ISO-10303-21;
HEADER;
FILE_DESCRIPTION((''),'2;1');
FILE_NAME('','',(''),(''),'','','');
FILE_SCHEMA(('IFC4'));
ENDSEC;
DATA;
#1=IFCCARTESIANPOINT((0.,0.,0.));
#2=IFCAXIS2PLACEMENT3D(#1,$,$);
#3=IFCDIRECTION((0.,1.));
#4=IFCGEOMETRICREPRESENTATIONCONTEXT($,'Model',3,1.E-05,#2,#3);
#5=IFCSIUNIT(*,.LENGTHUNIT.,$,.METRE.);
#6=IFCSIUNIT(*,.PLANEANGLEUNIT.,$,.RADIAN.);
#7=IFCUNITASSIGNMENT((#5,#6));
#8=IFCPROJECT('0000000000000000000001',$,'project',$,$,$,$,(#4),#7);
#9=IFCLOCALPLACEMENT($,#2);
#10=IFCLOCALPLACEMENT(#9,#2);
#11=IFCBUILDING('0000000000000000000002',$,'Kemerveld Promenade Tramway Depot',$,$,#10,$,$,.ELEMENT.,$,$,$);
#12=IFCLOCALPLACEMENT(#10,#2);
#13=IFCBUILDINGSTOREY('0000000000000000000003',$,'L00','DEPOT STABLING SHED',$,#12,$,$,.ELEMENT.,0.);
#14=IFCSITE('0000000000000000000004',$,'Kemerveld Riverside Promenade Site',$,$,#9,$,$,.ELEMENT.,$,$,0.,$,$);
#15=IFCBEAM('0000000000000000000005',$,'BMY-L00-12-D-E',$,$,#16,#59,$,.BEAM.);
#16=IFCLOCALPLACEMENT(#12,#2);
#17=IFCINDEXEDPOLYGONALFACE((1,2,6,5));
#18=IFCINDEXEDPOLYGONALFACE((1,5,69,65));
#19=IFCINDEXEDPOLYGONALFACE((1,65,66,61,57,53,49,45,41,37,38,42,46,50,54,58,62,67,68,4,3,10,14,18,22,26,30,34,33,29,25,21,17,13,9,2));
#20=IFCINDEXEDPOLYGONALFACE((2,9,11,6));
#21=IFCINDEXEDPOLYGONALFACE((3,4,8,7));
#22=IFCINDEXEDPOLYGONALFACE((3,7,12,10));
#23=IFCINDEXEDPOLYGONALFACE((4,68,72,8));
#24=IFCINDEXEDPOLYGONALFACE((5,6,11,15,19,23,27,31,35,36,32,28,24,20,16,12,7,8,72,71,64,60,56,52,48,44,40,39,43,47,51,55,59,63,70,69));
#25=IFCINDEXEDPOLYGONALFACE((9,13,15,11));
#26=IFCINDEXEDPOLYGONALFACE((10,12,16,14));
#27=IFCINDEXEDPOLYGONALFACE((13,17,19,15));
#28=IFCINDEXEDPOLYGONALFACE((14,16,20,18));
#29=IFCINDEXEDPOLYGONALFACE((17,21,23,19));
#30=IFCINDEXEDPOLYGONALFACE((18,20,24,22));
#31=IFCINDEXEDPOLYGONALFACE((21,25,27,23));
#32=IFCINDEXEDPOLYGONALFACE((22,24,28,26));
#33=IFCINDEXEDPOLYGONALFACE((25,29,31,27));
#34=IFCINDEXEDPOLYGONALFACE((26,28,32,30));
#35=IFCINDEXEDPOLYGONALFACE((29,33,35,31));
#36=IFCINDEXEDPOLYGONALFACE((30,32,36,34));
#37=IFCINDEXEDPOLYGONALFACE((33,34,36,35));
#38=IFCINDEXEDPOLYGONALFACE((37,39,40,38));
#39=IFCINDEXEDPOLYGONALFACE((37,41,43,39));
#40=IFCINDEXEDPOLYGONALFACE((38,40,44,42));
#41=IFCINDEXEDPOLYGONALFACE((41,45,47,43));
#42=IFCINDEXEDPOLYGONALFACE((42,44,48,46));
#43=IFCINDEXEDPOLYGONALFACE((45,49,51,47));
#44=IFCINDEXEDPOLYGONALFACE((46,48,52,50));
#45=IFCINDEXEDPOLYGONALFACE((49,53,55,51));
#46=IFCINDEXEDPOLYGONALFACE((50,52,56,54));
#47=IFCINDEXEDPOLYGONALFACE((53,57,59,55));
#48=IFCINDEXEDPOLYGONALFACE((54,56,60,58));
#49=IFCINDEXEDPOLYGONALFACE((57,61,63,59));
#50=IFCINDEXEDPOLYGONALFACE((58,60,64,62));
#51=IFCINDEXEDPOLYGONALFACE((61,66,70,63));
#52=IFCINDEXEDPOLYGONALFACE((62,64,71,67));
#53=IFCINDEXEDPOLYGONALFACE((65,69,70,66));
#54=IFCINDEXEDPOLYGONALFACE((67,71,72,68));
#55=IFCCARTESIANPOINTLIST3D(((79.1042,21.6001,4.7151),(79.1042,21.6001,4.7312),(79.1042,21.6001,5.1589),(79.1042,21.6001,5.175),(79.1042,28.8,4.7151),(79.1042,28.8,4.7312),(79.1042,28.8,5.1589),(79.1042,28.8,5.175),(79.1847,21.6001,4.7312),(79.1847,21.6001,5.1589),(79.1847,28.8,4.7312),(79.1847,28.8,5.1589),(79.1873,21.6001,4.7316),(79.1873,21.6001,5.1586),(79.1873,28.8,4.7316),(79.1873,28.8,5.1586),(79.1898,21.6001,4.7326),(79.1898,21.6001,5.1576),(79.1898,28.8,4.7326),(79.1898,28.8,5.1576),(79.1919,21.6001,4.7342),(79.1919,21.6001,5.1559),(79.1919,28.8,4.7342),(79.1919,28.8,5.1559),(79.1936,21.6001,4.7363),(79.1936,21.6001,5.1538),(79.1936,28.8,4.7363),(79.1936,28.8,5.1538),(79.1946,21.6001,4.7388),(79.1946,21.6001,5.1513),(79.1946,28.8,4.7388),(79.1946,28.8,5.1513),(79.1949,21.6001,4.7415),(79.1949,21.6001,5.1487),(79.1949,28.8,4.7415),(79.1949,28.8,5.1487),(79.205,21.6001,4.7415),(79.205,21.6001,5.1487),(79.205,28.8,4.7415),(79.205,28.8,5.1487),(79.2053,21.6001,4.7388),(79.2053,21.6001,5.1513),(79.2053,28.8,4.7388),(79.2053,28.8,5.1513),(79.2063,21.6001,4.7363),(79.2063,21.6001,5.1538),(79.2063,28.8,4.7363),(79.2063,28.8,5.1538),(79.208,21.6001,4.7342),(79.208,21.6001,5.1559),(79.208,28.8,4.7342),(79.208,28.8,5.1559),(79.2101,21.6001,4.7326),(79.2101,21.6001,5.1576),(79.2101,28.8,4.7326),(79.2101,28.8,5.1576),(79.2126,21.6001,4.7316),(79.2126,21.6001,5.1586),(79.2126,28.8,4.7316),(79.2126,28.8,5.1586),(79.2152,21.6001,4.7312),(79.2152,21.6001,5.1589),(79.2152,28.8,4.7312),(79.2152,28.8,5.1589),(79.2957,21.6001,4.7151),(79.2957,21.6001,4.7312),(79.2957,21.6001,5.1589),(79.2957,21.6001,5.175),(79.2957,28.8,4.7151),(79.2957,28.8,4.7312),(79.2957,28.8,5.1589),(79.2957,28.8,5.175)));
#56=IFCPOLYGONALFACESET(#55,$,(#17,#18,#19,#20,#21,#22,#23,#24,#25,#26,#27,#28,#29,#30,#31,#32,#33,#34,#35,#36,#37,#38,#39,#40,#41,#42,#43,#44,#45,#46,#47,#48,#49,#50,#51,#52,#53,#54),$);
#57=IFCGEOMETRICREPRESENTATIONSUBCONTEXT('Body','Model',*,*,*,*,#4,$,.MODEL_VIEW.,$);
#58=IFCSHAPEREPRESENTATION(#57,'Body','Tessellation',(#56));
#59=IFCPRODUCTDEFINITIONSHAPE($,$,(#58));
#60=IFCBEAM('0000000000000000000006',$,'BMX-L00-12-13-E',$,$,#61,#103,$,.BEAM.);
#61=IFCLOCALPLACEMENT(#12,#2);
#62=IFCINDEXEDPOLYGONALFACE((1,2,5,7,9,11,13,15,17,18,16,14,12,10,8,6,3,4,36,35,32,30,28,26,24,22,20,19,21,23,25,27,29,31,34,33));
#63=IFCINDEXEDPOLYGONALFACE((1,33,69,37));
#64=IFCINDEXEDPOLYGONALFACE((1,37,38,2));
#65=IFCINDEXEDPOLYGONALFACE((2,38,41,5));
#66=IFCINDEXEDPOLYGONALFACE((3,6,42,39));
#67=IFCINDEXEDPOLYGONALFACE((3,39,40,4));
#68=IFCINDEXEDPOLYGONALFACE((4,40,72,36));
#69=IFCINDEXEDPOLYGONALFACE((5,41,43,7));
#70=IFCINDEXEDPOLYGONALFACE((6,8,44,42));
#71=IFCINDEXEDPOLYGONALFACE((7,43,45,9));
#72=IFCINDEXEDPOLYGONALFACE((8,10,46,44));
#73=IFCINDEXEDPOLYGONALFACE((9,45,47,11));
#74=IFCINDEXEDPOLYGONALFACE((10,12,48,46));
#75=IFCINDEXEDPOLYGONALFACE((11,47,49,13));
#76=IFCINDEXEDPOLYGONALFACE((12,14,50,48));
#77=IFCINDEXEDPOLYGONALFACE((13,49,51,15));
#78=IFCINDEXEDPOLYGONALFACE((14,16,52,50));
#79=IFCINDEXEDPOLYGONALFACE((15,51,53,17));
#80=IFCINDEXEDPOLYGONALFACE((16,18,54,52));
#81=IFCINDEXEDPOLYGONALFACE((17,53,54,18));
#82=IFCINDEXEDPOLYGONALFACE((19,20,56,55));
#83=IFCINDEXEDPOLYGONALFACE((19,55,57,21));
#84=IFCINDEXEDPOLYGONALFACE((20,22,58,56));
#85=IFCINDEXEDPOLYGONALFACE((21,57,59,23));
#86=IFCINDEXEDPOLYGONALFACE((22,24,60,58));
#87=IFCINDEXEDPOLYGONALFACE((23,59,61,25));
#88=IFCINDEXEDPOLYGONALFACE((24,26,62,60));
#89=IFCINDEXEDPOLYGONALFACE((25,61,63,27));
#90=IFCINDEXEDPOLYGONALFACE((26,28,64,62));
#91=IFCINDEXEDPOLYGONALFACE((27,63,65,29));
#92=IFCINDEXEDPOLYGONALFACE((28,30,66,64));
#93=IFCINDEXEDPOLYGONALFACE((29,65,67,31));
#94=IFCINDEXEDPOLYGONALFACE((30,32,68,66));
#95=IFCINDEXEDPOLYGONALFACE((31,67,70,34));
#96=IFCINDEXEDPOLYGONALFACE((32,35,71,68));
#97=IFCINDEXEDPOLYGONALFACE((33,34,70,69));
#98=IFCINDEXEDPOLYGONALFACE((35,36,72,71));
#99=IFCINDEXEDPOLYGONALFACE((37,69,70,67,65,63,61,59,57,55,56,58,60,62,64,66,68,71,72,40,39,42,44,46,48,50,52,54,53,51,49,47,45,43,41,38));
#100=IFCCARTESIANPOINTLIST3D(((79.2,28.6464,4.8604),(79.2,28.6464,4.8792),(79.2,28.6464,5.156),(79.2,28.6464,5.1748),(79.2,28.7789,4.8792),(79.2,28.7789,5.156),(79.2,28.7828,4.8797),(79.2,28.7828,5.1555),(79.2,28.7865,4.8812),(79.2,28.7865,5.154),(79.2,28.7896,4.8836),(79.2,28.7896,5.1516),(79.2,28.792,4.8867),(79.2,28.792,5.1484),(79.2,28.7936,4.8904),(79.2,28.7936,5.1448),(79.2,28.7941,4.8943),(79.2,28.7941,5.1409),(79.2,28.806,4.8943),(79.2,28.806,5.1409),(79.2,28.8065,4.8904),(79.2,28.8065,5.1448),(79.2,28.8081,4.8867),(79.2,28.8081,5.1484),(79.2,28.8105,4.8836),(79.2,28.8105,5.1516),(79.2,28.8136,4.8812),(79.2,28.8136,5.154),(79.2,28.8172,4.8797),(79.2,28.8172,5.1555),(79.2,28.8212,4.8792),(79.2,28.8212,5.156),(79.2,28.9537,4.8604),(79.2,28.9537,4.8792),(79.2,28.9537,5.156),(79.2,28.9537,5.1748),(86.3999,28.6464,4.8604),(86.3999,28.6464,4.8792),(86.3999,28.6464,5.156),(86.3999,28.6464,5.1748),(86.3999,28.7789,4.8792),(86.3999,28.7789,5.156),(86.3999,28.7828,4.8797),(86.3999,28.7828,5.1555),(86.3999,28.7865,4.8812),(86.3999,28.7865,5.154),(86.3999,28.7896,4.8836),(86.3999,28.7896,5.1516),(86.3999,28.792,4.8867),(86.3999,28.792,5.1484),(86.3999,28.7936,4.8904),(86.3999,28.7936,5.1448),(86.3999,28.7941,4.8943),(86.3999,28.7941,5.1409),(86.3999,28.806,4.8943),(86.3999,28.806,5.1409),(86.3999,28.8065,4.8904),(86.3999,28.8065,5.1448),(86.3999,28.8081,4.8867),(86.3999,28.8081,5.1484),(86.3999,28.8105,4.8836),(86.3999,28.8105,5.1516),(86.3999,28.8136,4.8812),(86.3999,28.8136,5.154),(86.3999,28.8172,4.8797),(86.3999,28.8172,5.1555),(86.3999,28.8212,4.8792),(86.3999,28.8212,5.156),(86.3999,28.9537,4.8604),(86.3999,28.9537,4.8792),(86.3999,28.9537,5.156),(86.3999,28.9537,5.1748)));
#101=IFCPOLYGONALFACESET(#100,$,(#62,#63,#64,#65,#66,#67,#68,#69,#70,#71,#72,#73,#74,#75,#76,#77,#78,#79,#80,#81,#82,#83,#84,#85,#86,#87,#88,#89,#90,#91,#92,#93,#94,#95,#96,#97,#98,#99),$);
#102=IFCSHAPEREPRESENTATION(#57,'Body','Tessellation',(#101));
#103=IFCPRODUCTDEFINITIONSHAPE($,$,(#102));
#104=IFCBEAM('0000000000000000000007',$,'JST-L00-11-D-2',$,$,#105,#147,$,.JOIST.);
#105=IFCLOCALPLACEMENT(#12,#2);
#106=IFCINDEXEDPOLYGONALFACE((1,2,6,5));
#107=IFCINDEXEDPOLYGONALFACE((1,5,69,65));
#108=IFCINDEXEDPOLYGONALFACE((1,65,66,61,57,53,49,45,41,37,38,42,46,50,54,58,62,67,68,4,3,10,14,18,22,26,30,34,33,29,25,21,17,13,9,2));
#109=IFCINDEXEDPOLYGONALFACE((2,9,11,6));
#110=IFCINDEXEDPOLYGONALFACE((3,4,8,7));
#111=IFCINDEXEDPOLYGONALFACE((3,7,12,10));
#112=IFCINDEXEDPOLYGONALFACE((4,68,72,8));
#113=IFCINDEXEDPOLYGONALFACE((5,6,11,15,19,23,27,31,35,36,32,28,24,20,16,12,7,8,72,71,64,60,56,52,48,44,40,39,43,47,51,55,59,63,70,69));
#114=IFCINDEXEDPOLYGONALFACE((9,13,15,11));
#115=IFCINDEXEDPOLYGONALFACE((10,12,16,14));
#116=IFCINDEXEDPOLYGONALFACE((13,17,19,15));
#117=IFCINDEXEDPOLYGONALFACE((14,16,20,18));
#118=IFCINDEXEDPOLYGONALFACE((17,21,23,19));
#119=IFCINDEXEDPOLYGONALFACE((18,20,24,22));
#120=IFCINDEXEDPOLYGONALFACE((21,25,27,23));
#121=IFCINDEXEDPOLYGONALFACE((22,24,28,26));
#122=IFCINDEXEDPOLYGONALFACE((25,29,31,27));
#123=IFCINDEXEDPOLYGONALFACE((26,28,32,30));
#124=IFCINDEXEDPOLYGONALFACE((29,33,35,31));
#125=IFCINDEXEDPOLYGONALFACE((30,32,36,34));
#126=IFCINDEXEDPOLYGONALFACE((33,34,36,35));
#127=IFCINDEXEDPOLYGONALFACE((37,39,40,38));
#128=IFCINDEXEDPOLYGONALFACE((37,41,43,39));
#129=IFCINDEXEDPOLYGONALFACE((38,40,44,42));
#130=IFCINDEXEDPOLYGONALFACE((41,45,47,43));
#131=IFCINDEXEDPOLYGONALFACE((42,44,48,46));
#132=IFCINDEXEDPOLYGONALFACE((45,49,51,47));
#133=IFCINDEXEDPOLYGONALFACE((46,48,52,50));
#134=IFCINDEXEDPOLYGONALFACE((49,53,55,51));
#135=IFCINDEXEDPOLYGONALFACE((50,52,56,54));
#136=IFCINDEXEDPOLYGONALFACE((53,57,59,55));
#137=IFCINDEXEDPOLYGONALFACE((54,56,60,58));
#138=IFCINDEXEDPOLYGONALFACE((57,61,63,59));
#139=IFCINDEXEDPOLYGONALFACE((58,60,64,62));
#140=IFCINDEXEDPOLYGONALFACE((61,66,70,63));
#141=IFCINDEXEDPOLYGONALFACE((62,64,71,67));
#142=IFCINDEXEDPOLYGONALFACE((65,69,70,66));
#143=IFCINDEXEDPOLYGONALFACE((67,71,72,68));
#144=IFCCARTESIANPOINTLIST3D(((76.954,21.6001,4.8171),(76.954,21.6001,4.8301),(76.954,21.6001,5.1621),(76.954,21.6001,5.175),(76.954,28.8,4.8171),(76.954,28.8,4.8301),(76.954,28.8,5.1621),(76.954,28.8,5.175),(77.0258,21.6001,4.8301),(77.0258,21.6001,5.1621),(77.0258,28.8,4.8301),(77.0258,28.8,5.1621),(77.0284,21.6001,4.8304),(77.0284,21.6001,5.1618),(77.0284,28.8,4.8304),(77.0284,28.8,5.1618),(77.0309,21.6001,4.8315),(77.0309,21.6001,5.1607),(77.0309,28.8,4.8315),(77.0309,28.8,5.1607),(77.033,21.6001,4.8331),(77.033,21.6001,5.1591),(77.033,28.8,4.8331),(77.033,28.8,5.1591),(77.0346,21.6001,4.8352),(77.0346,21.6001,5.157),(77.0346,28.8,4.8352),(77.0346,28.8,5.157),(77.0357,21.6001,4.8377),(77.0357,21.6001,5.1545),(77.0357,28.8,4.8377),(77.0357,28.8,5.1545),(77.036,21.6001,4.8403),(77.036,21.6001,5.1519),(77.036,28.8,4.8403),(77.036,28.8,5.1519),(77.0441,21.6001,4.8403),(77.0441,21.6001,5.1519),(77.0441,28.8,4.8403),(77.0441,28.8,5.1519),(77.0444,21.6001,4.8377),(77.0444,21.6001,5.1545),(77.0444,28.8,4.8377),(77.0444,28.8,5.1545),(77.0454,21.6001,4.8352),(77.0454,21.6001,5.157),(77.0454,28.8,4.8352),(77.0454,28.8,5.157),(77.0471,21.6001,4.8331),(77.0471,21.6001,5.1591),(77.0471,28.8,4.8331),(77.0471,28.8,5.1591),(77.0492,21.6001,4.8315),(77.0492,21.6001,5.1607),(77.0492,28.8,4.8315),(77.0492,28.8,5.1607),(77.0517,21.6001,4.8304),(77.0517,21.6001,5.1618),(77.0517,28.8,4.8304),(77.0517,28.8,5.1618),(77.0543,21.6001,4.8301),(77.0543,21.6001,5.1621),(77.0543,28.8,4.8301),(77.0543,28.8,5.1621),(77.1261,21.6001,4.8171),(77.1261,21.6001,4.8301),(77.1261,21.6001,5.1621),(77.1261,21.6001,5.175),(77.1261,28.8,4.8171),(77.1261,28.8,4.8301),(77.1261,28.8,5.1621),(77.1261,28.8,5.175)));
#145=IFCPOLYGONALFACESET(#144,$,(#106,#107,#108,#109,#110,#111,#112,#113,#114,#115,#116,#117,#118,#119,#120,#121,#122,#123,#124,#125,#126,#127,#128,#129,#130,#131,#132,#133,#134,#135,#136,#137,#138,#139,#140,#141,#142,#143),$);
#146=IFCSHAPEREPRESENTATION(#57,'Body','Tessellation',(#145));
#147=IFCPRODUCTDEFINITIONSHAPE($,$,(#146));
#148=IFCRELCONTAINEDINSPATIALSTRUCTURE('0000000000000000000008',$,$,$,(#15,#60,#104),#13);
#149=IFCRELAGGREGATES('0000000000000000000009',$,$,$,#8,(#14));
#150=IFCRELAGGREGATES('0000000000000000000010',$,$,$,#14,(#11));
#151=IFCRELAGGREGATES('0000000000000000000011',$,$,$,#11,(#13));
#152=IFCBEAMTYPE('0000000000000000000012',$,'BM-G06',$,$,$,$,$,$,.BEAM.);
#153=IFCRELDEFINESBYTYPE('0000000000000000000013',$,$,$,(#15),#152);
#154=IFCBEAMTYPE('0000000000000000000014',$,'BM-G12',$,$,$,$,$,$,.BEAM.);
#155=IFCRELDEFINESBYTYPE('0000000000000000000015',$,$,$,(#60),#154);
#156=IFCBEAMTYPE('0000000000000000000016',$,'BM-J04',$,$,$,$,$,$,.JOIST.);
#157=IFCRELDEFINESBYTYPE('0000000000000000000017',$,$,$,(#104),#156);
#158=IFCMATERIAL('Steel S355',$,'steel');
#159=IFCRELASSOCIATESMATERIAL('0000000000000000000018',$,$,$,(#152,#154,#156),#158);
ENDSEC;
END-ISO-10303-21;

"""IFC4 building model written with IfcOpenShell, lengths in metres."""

from ifc_helpers import new_model, si_unit, direction, frame, origin, origin_2d, place, context, subcontext, project, spatial, i_section, extrude, material, material_profile, profile_set, type_object, element, save


model = new_model("IFC4")

# Units and contexts
model_context = context("Model", 3, precision=1e-05, world=origin(), true_north=direction((0.0, 1.0)))
body_context = subcontext(model_context, "Body", "Model", "MODEL_VIEW")
ifc_project = project(units=[si_unit("LENGTHUNIT", "METRE"), si_unit("PLANEANGLEUNIT", "RADIAN")], contexts=[model_context])

# Site, building, storey
site_placement = place(None, origin())
site = spatial("IfcSite", under=ifc_project, at=site_placement, Name="Kemerveld Riverside Promenade Site", CompositionType="ELEMENT", RefElevation=0.0)
building_placement = place(site_placement, origin())
building = spatial("IfcBuilding", under=site, at=building_placement, Name="Kemerveld Promenade Tramway Depot", CompositionType="ELEMENT")
storey_placement = place(building_placement, origin())
storey = spatial("IfcBuildingStorey", under=building, at=storey_placement, Name="L00", Description="DEPOT STABLING SHED", CompositionType="ELEMENT", Elevation=0.0)

# Shared definitions
ifc_material_1 = material(Name="Steel S355", Category="steel")

# Beams
ifc_material_profile_1 = material_profile(ifc_material_1, i_section(OverallWidth=0.1914, OverallDepth=0.46, WebThickness=0.01, FlangeThickness=0.0161, FilletRadius=0.0103, at=origin_2d()), Name="457x191x82 UB")
ifc_profile_set_1 = profile_set([ifc_material_profile_1], Name="Steel S355")
beam_type_1 = type_object("IfcBeamType", Name="BM-G06", PredefinedType="BEAM", material=ifc_profile_set_1)
beam_1_placement = place(storey_placement, frame((79.2, 21.6001, 4.9451), z_axis=(0.0, 1.0, 0.0), x_axis=(-1.0, 0.0, 0.0)))
element("IfcBeam", 1, at=beam_1_placement, inside=storey, type_object=beam_type_1, Name="BMY-L00-12-D-E", PredefinedType="BEAM", context=body_context, shape_type="SweptSolid", body=[
    extrude(i_section(OverallWidth=0.1914, OverallDepth=0.46, WebThickness=0.01, FlangeThickness=0.0161, FilletRadius=0.0103, at=origin_2d()), origin(), (0.0, 0.0, 1.0), 7.2),
])
ifc_material_profile_2 = material_profile(ifc_material_1, i_section(OverallWidth=0.3074, OverallDepth=0.3145, WebThickness=0.012, FlangeThickness=0.0188, FilletRadius=0.0151, at=origin_2d()), Name="305x305x118 UC")
ifc_profile_set_2 = profile_set([ifc_material_profile_2], Name="Steel S355")
beam_type_2 = type_object("IfcBeamType", Name="BM-G12", PredefinedType="BEAM", material=ifc_profile_set_2)
beam_2_placement = place(storey_placement, frame((79.2, 28.8, 5.0176), z_axis=(1.0, 0.0, 0.0), x_axis=(0.0, 1.0, 0.0)))
element("IfcBeam", 2, at=beam_2_placement, inside=storey, type_object=beam_type_2, Name="BMX-L00-12-13-E", PredefinedType="BEAM", context=body_context, shape_type="SweptSolid", body=[
    extrude(i_section(OverallWidth=0.3074, OverallDepth=0.3145, WebThickness=0.012, FlangeThickness=0.0188, FilletRadius=0.0151, at=origin_2d()), origin(), (0.0, 0.0, 1.0), 7.2),
])
ifc_material_profile_3 = material_profile(ifc_material_1, i_section(OverallWidth=0.1721, OverallDepth=0.3579, WebThickness=0.0081, FlangeThickness=0.0129, FilletRadius=0.0103, at=origin_2d()), Name="356x171x57 UB")
ifc_profile_set_3 = profile_set([ifc_material_profile_3], Name="Steel S355")
beam_type_3 = type_object("IfcBeamType", Name="BM-J04", PredefinedType="JOIST", material=ifc_profile_set_3)
beam_3_placement = place(storey_placement, frame((77.04, 21.6001, 4.9961), z_axis=(0.0, 1.0, 0.0), x_axis=(-1.0, 0.0, 0.0)))
element("IfcBeam", 3, at=beam_3_placement, inside=storey, type_object=beam_type_3, Name="JST-L00-11-D-2", PredefinedType="JOIST", context=body_context, shape_type="SweptSolid", body=[
    extrude(i_section(OverallWidth=0.1721, OverallDepth=0.3579, WebThickness=0.0081, FlangeThickness=0.0129, FilletRadius=0.0103, at=origin_2d()), origin(), (0.0, 0.0, 1.0), 7.2),
])

save(model, "model.ifc")
